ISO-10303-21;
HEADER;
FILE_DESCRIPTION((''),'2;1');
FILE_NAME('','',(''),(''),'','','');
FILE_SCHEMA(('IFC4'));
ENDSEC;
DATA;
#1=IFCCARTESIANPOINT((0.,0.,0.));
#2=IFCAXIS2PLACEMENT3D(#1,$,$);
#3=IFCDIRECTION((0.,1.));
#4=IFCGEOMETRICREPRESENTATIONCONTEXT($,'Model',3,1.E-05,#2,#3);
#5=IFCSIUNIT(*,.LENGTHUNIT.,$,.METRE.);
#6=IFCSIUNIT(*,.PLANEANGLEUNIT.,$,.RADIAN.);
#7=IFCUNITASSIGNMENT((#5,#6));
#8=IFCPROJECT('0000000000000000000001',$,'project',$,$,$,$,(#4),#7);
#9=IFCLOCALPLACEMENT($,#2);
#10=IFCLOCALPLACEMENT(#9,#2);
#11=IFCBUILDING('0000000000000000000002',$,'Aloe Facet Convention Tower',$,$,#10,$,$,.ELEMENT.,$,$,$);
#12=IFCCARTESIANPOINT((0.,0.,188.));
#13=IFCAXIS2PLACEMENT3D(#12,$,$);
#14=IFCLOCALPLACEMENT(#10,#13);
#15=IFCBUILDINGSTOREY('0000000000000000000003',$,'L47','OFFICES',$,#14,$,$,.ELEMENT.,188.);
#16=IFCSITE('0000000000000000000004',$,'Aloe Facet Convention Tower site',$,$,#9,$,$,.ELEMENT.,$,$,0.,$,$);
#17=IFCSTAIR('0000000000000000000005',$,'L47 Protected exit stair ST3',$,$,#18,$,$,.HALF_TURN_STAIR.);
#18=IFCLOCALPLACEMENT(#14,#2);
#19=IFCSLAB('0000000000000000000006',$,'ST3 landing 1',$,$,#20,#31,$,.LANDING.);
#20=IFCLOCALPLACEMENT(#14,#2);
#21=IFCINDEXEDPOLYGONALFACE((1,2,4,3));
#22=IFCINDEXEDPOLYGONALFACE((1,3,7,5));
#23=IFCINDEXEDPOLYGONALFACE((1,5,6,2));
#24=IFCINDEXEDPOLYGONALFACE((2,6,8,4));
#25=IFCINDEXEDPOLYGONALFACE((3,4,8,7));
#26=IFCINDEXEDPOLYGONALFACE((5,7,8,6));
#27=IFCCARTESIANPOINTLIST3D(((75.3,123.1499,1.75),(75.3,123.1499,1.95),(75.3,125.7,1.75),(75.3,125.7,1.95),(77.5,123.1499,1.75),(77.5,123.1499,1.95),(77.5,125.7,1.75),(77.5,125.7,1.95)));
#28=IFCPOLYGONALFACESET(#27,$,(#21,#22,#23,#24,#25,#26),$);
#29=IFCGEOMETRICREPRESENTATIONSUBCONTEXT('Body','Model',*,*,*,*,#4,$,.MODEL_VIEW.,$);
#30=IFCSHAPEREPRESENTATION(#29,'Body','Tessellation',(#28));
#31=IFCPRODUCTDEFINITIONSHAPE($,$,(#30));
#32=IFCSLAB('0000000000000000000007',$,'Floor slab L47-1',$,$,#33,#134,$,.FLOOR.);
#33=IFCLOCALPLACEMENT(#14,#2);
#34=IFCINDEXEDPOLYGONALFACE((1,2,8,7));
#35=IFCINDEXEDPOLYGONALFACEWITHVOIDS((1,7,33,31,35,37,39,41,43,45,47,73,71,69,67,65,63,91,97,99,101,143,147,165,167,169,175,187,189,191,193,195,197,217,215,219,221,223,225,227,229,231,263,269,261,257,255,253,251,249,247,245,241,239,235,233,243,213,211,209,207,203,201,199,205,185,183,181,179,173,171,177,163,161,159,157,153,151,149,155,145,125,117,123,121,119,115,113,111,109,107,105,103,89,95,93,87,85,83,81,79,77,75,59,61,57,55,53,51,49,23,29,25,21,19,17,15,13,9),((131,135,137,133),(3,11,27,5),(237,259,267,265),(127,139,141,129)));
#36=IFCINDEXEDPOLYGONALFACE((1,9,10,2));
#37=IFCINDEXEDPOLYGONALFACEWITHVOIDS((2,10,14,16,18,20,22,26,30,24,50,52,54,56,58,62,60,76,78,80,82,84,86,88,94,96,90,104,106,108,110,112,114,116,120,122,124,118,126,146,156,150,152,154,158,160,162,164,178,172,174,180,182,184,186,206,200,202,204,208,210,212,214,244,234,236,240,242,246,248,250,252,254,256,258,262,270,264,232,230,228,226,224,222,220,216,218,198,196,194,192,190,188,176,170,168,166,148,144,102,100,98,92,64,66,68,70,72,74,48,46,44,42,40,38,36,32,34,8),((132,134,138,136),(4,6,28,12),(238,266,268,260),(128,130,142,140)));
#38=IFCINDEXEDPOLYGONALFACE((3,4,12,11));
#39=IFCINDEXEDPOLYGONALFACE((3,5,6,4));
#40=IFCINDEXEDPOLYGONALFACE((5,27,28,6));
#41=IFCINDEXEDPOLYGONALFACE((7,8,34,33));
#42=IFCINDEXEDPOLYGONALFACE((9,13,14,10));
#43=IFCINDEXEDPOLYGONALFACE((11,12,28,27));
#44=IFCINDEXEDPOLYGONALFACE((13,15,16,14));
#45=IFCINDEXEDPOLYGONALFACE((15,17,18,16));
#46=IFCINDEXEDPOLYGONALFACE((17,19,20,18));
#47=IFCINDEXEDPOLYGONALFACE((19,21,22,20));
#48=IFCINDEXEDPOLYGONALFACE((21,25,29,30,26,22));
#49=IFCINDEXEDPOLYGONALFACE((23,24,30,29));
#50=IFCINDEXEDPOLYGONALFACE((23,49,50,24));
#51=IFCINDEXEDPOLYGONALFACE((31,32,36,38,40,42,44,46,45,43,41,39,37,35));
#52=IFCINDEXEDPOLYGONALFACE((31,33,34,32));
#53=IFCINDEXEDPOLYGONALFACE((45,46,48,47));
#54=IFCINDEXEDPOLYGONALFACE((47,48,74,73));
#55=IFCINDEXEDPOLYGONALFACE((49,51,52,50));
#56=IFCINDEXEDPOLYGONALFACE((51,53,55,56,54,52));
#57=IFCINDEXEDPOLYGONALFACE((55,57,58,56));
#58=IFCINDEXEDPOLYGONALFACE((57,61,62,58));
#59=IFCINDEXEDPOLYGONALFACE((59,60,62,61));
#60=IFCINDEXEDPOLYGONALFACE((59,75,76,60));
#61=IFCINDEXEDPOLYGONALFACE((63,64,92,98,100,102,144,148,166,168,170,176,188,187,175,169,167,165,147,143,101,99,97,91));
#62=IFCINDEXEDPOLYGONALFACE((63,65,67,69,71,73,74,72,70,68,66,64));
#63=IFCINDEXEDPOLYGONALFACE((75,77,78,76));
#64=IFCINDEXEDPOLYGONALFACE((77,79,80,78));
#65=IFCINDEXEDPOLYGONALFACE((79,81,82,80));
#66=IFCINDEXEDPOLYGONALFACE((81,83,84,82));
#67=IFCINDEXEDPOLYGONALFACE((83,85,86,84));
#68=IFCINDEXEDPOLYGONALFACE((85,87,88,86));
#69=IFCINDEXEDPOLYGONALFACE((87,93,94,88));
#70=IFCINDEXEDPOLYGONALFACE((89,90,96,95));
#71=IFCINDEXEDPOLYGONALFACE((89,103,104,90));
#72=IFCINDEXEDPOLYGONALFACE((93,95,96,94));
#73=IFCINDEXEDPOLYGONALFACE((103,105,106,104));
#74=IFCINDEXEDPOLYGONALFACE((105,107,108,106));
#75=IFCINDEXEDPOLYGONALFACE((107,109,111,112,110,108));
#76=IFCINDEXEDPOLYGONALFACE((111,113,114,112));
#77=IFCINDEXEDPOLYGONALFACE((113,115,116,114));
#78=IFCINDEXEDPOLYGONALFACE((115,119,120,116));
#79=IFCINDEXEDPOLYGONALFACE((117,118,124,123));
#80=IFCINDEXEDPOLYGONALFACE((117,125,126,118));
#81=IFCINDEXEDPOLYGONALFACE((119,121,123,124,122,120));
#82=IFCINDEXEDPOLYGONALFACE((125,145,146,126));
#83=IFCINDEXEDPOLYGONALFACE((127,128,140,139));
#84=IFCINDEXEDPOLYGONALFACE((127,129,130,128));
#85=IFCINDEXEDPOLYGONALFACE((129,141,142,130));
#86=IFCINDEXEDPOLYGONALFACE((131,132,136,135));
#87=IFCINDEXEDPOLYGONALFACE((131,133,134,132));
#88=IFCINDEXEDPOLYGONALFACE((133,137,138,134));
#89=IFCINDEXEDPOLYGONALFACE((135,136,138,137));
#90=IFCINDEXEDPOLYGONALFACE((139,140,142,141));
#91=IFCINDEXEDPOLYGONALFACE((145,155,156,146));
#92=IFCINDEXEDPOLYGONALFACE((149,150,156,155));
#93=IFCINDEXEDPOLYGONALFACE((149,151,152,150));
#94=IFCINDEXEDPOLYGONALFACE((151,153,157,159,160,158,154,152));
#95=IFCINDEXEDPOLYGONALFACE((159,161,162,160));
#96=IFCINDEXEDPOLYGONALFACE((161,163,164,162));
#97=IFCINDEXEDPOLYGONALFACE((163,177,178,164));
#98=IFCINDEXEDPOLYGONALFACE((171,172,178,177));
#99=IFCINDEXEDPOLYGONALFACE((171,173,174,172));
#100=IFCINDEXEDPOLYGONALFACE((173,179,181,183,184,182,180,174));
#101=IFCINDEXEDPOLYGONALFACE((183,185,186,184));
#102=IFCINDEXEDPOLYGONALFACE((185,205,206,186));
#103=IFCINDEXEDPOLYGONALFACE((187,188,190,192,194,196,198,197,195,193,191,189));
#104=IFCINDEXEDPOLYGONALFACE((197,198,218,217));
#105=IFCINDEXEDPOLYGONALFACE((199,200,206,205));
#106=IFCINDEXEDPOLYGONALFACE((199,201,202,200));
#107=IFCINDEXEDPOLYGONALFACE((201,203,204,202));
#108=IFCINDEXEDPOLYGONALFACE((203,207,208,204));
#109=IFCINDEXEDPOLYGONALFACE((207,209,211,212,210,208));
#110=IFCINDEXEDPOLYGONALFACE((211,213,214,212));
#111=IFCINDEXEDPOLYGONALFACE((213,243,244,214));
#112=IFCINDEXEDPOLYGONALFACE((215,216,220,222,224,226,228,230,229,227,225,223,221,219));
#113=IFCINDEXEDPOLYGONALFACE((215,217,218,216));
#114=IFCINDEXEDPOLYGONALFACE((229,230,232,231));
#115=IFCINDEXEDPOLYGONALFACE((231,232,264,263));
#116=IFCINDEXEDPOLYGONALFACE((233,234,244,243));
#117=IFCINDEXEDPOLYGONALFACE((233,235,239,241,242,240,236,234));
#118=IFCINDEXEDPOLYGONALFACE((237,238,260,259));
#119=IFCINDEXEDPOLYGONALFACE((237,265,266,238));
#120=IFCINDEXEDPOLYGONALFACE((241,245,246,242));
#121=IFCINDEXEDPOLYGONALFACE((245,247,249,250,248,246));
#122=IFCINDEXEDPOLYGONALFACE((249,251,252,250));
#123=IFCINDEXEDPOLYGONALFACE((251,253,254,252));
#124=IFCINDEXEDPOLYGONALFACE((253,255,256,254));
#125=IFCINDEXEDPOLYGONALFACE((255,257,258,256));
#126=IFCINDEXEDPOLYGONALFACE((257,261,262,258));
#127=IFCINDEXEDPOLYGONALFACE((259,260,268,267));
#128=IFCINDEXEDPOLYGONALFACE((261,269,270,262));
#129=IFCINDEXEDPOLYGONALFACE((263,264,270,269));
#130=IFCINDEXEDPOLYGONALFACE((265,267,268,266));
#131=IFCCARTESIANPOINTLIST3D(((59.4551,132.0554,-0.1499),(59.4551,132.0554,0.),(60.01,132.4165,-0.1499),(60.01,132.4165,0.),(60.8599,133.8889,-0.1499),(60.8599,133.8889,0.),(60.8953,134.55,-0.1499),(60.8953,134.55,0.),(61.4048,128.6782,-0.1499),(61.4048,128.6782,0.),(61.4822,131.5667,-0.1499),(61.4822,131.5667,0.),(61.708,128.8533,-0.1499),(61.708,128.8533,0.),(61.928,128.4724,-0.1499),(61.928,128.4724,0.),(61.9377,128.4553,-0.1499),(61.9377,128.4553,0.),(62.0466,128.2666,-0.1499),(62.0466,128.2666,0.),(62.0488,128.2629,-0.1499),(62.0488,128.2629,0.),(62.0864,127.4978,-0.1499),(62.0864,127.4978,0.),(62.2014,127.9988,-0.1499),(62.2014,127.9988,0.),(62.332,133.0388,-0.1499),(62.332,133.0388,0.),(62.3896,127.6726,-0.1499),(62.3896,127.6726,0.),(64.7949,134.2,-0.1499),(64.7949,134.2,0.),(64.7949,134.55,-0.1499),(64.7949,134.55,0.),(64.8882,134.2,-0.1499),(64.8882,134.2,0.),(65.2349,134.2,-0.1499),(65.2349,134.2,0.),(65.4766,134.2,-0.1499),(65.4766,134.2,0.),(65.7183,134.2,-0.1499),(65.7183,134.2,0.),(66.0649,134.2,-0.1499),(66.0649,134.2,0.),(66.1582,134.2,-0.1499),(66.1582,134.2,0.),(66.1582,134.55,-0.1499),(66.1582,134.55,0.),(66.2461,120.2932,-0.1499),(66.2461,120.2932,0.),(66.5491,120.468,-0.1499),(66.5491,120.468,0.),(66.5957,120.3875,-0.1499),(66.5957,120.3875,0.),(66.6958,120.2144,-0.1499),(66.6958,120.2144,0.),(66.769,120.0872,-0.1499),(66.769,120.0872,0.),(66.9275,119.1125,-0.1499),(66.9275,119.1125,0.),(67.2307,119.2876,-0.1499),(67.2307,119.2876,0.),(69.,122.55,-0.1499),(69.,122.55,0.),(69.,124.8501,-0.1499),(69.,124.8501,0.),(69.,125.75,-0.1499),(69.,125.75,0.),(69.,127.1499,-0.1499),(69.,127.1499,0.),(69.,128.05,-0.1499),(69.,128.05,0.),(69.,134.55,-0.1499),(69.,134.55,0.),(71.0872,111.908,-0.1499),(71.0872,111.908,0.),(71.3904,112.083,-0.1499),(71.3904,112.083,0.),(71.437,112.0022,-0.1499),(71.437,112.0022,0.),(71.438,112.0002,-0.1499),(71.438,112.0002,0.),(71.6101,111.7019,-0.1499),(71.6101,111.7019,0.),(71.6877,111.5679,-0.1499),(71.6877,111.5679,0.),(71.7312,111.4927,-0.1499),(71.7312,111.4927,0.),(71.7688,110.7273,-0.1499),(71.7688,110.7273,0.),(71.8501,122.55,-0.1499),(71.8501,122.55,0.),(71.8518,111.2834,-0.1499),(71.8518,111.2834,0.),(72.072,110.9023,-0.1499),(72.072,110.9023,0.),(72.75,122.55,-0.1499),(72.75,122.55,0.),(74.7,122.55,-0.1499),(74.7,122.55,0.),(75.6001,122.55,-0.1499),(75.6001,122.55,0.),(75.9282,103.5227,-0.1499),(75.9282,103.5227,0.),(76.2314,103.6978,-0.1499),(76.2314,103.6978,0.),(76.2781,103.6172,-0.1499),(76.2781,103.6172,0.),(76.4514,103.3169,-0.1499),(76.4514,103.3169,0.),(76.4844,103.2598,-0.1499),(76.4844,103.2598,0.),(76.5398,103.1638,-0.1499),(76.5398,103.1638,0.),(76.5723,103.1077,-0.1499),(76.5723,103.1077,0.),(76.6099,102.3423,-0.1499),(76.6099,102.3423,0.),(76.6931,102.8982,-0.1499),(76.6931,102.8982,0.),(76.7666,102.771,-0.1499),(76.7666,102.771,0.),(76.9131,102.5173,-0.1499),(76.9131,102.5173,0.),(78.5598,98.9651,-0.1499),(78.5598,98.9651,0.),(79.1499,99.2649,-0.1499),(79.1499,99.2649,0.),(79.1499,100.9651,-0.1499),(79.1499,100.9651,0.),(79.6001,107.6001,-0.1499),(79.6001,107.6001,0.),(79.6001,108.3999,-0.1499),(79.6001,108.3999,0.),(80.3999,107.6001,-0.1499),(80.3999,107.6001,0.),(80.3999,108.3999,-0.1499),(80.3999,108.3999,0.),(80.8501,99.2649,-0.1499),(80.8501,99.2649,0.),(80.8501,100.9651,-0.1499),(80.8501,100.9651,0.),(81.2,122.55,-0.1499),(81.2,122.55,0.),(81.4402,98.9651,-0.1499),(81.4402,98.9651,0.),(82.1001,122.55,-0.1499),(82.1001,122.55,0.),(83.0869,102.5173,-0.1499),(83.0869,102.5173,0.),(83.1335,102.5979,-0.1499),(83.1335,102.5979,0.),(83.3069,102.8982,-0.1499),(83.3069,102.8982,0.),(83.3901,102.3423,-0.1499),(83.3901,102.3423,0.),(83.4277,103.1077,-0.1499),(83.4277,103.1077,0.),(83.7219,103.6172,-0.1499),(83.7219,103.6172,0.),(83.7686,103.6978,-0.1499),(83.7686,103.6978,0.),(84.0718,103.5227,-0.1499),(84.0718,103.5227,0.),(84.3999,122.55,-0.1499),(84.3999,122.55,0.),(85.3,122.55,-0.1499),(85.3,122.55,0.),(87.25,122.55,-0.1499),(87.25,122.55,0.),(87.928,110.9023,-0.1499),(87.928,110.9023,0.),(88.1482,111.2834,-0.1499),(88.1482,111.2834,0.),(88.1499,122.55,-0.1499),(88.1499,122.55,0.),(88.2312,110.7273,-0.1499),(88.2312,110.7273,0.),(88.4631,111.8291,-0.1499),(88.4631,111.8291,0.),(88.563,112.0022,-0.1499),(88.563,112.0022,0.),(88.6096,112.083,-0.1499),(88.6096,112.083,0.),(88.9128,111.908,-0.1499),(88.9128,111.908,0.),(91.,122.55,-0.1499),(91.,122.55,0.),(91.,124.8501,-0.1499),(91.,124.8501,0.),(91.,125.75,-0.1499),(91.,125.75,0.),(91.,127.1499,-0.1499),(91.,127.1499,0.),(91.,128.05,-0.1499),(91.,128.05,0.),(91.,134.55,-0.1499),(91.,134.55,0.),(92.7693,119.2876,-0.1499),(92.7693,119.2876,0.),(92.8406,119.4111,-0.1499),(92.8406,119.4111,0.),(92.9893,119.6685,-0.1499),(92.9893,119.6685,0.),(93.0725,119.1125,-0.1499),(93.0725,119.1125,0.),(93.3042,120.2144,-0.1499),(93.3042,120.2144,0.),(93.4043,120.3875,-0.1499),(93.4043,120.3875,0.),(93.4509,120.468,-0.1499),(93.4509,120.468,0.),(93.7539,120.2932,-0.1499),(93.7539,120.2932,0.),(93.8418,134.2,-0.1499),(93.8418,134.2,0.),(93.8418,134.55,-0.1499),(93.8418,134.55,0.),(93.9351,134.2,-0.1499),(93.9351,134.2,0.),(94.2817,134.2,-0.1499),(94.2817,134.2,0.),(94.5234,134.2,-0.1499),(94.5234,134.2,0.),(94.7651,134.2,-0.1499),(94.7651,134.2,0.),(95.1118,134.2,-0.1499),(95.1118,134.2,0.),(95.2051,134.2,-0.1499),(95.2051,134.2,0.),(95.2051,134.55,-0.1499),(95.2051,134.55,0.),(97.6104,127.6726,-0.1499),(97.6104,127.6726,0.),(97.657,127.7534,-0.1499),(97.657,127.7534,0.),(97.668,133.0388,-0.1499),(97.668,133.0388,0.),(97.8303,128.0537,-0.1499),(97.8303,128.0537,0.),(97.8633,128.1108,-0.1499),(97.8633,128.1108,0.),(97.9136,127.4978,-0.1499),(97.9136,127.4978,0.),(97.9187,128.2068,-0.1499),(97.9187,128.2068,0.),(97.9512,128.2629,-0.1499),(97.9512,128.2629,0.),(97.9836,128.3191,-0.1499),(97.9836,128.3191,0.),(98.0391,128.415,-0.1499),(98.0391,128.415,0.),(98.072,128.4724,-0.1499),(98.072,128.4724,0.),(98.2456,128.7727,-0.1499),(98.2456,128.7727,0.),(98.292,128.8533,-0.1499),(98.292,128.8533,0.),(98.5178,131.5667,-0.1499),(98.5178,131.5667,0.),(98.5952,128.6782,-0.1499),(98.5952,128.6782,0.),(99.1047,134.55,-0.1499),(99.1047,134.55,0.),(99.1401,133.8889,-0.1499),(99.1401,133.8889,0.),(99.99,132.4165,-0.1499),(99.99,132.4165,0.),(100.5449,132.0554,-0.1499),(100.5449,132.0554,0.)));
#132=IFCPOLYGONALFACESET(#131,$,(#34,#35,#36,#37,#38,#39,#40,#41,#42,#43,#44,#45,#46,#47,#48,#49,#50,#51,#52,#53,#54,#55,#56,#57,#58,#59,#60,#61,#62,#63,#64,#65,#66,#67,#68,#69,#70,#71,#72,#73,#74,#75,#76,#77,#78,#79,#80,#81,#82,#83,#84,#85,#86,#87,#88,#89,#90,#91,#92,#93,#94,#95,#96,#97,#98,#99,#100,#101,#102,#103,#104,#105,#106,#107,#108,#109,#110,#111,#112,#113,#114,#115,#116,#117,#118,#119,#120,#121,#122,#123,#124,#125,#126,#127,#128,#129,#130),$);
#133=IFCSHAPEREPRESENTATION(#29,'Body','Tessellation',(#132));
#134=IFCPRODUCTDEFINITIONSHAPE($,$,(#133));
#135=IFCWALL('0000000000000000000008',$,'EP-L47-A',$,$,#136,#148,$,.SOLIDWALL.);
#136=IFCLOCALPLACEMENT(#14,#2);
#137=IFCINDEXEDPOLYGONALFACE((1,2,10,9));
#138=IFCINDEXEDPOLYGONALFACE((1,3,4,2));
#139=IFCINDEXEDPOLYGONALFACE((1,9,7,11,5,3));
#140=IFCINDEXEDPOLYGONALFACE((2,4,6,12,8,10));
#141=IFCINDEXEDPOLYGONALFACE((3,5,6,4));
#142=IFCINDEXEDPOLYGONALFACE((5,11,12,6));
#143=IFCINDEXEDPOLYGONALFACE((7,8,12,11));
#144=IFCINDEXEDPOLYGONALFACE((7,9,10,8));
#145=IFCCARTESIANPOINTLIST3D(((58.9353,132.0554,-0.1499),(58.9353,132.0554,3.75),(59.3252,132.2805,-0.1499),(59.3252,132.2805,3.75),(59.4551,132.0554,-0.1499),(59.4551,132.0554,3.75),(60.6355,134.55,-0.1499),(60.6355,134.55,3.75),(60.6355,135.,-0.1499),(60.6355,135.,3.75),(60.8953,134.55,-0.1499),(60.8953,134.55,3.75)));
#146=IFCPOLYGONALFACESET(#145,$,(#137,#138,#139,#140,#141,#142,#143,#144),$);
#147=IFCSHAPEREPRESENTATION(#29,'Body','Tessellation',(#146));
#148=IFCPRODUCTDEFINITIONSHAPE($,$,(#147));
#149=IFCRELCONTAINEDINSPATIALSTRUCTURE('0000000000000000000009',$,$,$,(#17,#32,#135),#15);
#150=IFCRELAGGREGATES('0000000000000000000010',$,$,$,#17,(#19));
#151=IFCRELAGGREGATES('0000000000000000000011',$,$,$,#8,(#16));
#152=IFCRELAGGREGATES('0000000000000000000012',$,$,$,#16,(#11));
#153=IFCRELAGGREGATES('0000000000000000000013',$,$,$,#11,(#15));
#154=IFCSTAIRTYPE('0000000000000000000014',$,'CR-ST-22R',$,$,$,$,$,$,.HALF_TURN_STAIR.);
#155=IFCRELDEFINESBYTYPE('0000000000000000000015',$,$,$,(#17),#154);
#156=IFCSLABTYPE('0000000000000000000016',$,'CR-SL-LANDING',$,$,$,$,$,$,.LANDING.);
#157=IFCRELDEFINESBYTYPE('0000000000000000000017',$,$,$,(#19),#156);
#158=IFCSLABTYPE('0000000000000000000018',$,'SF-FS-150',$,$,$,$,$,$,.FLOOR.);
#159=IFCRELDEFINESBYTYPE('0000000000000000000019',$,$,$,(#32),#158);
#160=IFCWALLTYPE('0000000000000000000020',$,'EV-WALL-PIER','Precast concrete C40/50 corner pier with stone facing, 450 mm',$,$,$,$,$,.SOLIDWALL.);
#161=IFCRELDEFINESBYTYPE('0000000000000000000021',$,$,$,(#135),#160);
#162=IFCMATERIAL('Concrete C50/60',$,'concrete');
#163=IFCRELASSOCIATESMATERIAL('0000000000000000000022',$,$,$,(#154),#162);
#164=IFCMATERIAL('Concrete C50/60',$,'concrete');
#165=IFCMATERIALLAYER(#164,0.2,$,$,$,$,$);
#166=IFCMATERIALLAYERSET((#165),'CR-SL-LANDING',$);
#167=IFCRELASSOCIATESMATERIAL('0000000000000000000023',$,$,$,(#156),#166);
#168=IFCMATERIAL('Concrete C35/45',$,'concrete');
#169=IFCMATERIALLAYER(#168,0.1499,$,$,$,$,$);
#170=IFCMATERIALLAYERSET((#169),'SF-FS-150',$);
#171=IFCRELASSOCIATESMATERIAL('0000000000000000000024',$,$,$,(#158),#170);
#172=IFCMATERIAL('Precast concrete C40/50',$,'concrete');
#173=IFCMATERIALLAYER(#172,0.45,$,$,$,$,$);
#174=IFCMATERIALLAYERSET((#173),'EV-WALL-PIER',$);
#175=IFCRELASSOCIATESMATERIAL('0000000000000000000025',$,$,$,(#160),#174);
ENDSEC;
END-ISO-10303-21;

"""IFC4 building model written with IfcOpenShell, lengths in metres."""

from ifc_helpers import new_model, si_unit, direction, frame, origin, place, context, subcontext, project, spatial, polyline, outline, extrude, material, layer, layer_set, type_object, element, aggregate, save


model = new_model("IFC4")

# Units and contexts
model_context = context("Model", 3, precision=1e-05, world=origin(), true_north=direction((0.0, 1.0)))
body_context = subcontext(model_context, "Body", "Model", "MODEL_VIEW")
ifc_project = project(units=[si_unit("LENGTHUNIT", "METRE"), si_unit("PLANEANGLEUNIT", "RADIAN")], contexts=[model_context])

# Site, building, storey
site_placement = place(None, origin())
site = spatial("IfcSite", under=ifc_project, at=site_placement, Name="Aloe Facet Convention Tower site", CompositionType="ELEMENT", RefElevation=0.0)
building_placement = place(site_placement, origin())
building = spatial("IfcBuilding", under=site, at=building_placement, Name="Aloe Facet Convention Tower", CompositionType="ELEMENT")
storey_placement = place(building_placement, frame((0.0, 0.0, 188.0)))
storey = spatial("IfcBuildingStorey", under=building, at=storey_placement, Name="L47", Description="OFFICES", CompositionType="ELEMENT", Elevation=188.0)

# Stair, slab
ifc_material_1 = material(Name="Concrete C50/60", Category="concrete")
stair_type = type_object("IfcStairType", Name="CR-ST-22R", PredefinedType="HALF_TURN_STAIR", material=ifc_material_1)
ifc_material_2 = material(Name="Concrete C50/60", Category="concrete")
ifc_layer_1 = layer(ifc_material_2, 0.2)
ifc_layer_set_1 = layer_set([ifc_layer_1], Name="CR-SL-LANDING")
slab_type_1 = type_object("IfcSlabType", Name="CR-SL-LANDING", PredefinedType="LANDING", material=ifc_layer_set_1)
stair_1_placement = place(storey_placement, origin())
stair_1 = element("IfcStair", 1, at=stair_1_placement, inside=storey, type_object=stair_type, Name="L47 Protected exit stair ST3", PredefinedType="HALF_TURN_STAIR")
slab_1_placement = place(storey_placement, frame((0.0, 0.0, 1.75)))
slab_1 = element("IfcSlab", 2, at=slab_1_placement, type_object=slab_type_1, Name="ST3 landing 1", PredefinedType="LANDING", context=body_context, shape_type="SweptSolid", body=[
    extrude(outline(polyline([(77.5, 125.7), (75.3, 125.7), (75.3, 123.1499), (77.5, 123.1499), (77.5, 125.7)])), origin(), (0.0, 0.0, 1.0), 0.2),
])
aggregate(stair_1, [slab_1])

# Slab
ifc_material_3 = material(Name="Concrete C35/45", Category="concrete")
ifc_layer_2 = layer(ifc_material_3, 0.1499)
ifc_layer_set_2 = layer_set([ifc_layer_2], Name="SF-FS-150")
slab_type_2 = type_object("IfcSlabType", Name="SF-FS-150", PredefinedType="FLOOR", material=ifc_layer_set_2)
slab_2_placement = place(storey_placement, frame((0.0, 0.0, -0.1499)))
element("IfcSlab", 3, at=slab_2_placement, inside=storey, type_object=slab_type_2, Name="Floor slab L47-1", PredefinedType="FLOOR", context=body_context, shape_type="SweptSolid", body=[
    extrude(outline(polyline([(100.5449, 132.0554), (98.5952, 128.6782), (98.292, 128.8533), (98.2456, 128.7727), (98.072, 128.4724), (98.0391, 128.415), (97.9836, 128.3191), (97.9512, 128.2629), (97.9187, 128.2068), (97.8633, 128.1108), (97.8303, 128.0537), (97.657, 127.7534), (97.6104, 127.6726), (97.9136, 127.4978), (93.7539, 120.2932), (93.4509, 120.468), (93.4043, 120.3875), (93.3042, 120.2144), (92.9893, 119.6685), (92.8406, 119.4111), (92.7693, 119.2876), (93.0725, 119.1125), (88.9128, 111.908), (88.6096, 112.083), (88.563, 112.0022), (88.4631, 111.8291), (88.1482, 111.2834), (87.928, 110.9023), (88.2312, 110.7273), (84.0718, 103.5227), (83.7686, 103.6978), (83.7219, 103.6172), (83.7219, 103.6172), (83.4277, 103.1077), (83.3069, 102.8982), (83.1335, 102.5979), (83.0869, 102.5173), (83.3901, 102.3423), (81.4402, 98.9651), (78.5598, 98.9651), (76.6099, 102.3423), (76.9131, 102.5173), (76.7666, 102.771), (76.6931, 102.8982), (76.5723, 103.1077), (76.5398, 103.1638), (76.4844, 103.2598), (76.4514, 103.3169), (76.2781, 103.6172), (76.2314, 103.6978), (75.9282, 103.5227), (71.7688, 110.7273), (72.072, 110.9023), (71.8518, 111.2834), (71.7312, 111.4927), (71.6877, 111.5679), (71.6101, 111.7019), (71.438, 112.0002), (71.437, 112.0022), (71.3904, 112.083), (71.0872, 111.908), (66.9275, 119.1125), (67.2307, 119.2876), (66.769, 120.0872), (66.6958, 120.2144), (66.5957, 120.3875), (66.5491, 120.468), (66.2461, 120.2932), (62.0864, 127.4978), (62.3896, 127.6726), (62.2014, 127.9988), (62.0488, 128.2629), (62.0466, 128.2666), (61.9377, 128.4553), (61.928, 128.4724), (61.708, 128.8533), (61.4048, 128.6782), (59.4551, 132.0554), (60.8953, 134.55), (64.7949, 134.55), (64.7949, 134.2), (64.8882, 134.2), (65.2349, 134.2), (65.4766, 134.2), (65.7183, 134.2), (66.0649, 134.2), (66.1582, 134.2), (66.1582, 134.55), (69.0, 134.55), (69.0, 128.05), (69.0, 127.1499), (69.0, 125.75), (69.0, 124.8501), (69.0, 122.55), (71.8501, 122.55), (72.75, 122.55), (74.7, 122.55), (75.6001, 122.55), (81.2, 122.55), (82.1001, 122.55), (84.3999, 122.55), (85.3, 122.55), (87.25, 122.55), (88.1499, 122.55), (91.0, 122.55), (91.0, 124.8501), (91.0, 125.75), (91.0, 127.1499), (91.0, 128.05), (91.0, 134.55), (93.8418, 134.55), (93.8418, 134.2), (93.9351, 134.2), (94.2817, 134.2), (94.5234, 134.2), (94.7651, 134.2), (95.1118, 134.2), (95.2051, 134.2), (95.2051, 134.55), (99.1047, 134.55), (100.5449, 132.0554)]), holes=[polyline([(62.332, 133.0388), (60.8599, 133.8889), (60.01, 132.4165), (61.4822, 131.5667), (62.332, 133.0388)]), polyline([(79.1499, 100.9651), (79.1499, 99.2649), (80.8501, 99.2649), (80.8501, 100.9651), (79.1499, 100.9651)]), polyline([(79.6001, 107.6001), (80.3999, 107.6001), (80.3999, 108.3999), (79.6001, 108.3999), (79.6001, 107.6001)]), polyline([(98.5178, 131.5667), (99.99, 132.4165), (99.1401, 133.8889), (97.668, 133.0388), (98.5178, 131.5667)])]), origin(), (0.0, 0.0, 1.0), 0.1499),
])

# Wall
ifc_material_4 = material(Name="Precast concrete C40/50", Category="concrete")
ifc_layer_3 = layer(ifc_material_4, 0.45)
ifc_layer_set_3 = layer_set([ifc_layer_3], Name="EV-WALL-PIER")
wall_type_1 = type_object("IfcWallType", Name="EV-WALL-PIER", Description="Precast concrete C40/50 corner pier with stone facing, 450 mm", PredefinedType="SOLIDWALL", material=ifc_layer_set_3)
wall_1_placement = place(storey_placement, frame((0.0, 0.0, -0.1499)))
element("IfcWall", 4, at=wall_1_placement, inside=storey, type_object=wall_type_1, Name="EP-L47-A", PredefinedType="SOLIDWALL", context=body_context, shape_type="SweptSolid", body=[
    extrude(outline(polyline([(60.6355, 135.0), (60.6355, 134.55), (60.8953, 134.55), (59.4551, 132.0554), (59.3252, 132.2805), (58.9353, 132.0554), (60.6355, 135.0)])), origin(), (0.0, 0.0, 1.0), 3.8999),
])

save(model, "model.ifc")
